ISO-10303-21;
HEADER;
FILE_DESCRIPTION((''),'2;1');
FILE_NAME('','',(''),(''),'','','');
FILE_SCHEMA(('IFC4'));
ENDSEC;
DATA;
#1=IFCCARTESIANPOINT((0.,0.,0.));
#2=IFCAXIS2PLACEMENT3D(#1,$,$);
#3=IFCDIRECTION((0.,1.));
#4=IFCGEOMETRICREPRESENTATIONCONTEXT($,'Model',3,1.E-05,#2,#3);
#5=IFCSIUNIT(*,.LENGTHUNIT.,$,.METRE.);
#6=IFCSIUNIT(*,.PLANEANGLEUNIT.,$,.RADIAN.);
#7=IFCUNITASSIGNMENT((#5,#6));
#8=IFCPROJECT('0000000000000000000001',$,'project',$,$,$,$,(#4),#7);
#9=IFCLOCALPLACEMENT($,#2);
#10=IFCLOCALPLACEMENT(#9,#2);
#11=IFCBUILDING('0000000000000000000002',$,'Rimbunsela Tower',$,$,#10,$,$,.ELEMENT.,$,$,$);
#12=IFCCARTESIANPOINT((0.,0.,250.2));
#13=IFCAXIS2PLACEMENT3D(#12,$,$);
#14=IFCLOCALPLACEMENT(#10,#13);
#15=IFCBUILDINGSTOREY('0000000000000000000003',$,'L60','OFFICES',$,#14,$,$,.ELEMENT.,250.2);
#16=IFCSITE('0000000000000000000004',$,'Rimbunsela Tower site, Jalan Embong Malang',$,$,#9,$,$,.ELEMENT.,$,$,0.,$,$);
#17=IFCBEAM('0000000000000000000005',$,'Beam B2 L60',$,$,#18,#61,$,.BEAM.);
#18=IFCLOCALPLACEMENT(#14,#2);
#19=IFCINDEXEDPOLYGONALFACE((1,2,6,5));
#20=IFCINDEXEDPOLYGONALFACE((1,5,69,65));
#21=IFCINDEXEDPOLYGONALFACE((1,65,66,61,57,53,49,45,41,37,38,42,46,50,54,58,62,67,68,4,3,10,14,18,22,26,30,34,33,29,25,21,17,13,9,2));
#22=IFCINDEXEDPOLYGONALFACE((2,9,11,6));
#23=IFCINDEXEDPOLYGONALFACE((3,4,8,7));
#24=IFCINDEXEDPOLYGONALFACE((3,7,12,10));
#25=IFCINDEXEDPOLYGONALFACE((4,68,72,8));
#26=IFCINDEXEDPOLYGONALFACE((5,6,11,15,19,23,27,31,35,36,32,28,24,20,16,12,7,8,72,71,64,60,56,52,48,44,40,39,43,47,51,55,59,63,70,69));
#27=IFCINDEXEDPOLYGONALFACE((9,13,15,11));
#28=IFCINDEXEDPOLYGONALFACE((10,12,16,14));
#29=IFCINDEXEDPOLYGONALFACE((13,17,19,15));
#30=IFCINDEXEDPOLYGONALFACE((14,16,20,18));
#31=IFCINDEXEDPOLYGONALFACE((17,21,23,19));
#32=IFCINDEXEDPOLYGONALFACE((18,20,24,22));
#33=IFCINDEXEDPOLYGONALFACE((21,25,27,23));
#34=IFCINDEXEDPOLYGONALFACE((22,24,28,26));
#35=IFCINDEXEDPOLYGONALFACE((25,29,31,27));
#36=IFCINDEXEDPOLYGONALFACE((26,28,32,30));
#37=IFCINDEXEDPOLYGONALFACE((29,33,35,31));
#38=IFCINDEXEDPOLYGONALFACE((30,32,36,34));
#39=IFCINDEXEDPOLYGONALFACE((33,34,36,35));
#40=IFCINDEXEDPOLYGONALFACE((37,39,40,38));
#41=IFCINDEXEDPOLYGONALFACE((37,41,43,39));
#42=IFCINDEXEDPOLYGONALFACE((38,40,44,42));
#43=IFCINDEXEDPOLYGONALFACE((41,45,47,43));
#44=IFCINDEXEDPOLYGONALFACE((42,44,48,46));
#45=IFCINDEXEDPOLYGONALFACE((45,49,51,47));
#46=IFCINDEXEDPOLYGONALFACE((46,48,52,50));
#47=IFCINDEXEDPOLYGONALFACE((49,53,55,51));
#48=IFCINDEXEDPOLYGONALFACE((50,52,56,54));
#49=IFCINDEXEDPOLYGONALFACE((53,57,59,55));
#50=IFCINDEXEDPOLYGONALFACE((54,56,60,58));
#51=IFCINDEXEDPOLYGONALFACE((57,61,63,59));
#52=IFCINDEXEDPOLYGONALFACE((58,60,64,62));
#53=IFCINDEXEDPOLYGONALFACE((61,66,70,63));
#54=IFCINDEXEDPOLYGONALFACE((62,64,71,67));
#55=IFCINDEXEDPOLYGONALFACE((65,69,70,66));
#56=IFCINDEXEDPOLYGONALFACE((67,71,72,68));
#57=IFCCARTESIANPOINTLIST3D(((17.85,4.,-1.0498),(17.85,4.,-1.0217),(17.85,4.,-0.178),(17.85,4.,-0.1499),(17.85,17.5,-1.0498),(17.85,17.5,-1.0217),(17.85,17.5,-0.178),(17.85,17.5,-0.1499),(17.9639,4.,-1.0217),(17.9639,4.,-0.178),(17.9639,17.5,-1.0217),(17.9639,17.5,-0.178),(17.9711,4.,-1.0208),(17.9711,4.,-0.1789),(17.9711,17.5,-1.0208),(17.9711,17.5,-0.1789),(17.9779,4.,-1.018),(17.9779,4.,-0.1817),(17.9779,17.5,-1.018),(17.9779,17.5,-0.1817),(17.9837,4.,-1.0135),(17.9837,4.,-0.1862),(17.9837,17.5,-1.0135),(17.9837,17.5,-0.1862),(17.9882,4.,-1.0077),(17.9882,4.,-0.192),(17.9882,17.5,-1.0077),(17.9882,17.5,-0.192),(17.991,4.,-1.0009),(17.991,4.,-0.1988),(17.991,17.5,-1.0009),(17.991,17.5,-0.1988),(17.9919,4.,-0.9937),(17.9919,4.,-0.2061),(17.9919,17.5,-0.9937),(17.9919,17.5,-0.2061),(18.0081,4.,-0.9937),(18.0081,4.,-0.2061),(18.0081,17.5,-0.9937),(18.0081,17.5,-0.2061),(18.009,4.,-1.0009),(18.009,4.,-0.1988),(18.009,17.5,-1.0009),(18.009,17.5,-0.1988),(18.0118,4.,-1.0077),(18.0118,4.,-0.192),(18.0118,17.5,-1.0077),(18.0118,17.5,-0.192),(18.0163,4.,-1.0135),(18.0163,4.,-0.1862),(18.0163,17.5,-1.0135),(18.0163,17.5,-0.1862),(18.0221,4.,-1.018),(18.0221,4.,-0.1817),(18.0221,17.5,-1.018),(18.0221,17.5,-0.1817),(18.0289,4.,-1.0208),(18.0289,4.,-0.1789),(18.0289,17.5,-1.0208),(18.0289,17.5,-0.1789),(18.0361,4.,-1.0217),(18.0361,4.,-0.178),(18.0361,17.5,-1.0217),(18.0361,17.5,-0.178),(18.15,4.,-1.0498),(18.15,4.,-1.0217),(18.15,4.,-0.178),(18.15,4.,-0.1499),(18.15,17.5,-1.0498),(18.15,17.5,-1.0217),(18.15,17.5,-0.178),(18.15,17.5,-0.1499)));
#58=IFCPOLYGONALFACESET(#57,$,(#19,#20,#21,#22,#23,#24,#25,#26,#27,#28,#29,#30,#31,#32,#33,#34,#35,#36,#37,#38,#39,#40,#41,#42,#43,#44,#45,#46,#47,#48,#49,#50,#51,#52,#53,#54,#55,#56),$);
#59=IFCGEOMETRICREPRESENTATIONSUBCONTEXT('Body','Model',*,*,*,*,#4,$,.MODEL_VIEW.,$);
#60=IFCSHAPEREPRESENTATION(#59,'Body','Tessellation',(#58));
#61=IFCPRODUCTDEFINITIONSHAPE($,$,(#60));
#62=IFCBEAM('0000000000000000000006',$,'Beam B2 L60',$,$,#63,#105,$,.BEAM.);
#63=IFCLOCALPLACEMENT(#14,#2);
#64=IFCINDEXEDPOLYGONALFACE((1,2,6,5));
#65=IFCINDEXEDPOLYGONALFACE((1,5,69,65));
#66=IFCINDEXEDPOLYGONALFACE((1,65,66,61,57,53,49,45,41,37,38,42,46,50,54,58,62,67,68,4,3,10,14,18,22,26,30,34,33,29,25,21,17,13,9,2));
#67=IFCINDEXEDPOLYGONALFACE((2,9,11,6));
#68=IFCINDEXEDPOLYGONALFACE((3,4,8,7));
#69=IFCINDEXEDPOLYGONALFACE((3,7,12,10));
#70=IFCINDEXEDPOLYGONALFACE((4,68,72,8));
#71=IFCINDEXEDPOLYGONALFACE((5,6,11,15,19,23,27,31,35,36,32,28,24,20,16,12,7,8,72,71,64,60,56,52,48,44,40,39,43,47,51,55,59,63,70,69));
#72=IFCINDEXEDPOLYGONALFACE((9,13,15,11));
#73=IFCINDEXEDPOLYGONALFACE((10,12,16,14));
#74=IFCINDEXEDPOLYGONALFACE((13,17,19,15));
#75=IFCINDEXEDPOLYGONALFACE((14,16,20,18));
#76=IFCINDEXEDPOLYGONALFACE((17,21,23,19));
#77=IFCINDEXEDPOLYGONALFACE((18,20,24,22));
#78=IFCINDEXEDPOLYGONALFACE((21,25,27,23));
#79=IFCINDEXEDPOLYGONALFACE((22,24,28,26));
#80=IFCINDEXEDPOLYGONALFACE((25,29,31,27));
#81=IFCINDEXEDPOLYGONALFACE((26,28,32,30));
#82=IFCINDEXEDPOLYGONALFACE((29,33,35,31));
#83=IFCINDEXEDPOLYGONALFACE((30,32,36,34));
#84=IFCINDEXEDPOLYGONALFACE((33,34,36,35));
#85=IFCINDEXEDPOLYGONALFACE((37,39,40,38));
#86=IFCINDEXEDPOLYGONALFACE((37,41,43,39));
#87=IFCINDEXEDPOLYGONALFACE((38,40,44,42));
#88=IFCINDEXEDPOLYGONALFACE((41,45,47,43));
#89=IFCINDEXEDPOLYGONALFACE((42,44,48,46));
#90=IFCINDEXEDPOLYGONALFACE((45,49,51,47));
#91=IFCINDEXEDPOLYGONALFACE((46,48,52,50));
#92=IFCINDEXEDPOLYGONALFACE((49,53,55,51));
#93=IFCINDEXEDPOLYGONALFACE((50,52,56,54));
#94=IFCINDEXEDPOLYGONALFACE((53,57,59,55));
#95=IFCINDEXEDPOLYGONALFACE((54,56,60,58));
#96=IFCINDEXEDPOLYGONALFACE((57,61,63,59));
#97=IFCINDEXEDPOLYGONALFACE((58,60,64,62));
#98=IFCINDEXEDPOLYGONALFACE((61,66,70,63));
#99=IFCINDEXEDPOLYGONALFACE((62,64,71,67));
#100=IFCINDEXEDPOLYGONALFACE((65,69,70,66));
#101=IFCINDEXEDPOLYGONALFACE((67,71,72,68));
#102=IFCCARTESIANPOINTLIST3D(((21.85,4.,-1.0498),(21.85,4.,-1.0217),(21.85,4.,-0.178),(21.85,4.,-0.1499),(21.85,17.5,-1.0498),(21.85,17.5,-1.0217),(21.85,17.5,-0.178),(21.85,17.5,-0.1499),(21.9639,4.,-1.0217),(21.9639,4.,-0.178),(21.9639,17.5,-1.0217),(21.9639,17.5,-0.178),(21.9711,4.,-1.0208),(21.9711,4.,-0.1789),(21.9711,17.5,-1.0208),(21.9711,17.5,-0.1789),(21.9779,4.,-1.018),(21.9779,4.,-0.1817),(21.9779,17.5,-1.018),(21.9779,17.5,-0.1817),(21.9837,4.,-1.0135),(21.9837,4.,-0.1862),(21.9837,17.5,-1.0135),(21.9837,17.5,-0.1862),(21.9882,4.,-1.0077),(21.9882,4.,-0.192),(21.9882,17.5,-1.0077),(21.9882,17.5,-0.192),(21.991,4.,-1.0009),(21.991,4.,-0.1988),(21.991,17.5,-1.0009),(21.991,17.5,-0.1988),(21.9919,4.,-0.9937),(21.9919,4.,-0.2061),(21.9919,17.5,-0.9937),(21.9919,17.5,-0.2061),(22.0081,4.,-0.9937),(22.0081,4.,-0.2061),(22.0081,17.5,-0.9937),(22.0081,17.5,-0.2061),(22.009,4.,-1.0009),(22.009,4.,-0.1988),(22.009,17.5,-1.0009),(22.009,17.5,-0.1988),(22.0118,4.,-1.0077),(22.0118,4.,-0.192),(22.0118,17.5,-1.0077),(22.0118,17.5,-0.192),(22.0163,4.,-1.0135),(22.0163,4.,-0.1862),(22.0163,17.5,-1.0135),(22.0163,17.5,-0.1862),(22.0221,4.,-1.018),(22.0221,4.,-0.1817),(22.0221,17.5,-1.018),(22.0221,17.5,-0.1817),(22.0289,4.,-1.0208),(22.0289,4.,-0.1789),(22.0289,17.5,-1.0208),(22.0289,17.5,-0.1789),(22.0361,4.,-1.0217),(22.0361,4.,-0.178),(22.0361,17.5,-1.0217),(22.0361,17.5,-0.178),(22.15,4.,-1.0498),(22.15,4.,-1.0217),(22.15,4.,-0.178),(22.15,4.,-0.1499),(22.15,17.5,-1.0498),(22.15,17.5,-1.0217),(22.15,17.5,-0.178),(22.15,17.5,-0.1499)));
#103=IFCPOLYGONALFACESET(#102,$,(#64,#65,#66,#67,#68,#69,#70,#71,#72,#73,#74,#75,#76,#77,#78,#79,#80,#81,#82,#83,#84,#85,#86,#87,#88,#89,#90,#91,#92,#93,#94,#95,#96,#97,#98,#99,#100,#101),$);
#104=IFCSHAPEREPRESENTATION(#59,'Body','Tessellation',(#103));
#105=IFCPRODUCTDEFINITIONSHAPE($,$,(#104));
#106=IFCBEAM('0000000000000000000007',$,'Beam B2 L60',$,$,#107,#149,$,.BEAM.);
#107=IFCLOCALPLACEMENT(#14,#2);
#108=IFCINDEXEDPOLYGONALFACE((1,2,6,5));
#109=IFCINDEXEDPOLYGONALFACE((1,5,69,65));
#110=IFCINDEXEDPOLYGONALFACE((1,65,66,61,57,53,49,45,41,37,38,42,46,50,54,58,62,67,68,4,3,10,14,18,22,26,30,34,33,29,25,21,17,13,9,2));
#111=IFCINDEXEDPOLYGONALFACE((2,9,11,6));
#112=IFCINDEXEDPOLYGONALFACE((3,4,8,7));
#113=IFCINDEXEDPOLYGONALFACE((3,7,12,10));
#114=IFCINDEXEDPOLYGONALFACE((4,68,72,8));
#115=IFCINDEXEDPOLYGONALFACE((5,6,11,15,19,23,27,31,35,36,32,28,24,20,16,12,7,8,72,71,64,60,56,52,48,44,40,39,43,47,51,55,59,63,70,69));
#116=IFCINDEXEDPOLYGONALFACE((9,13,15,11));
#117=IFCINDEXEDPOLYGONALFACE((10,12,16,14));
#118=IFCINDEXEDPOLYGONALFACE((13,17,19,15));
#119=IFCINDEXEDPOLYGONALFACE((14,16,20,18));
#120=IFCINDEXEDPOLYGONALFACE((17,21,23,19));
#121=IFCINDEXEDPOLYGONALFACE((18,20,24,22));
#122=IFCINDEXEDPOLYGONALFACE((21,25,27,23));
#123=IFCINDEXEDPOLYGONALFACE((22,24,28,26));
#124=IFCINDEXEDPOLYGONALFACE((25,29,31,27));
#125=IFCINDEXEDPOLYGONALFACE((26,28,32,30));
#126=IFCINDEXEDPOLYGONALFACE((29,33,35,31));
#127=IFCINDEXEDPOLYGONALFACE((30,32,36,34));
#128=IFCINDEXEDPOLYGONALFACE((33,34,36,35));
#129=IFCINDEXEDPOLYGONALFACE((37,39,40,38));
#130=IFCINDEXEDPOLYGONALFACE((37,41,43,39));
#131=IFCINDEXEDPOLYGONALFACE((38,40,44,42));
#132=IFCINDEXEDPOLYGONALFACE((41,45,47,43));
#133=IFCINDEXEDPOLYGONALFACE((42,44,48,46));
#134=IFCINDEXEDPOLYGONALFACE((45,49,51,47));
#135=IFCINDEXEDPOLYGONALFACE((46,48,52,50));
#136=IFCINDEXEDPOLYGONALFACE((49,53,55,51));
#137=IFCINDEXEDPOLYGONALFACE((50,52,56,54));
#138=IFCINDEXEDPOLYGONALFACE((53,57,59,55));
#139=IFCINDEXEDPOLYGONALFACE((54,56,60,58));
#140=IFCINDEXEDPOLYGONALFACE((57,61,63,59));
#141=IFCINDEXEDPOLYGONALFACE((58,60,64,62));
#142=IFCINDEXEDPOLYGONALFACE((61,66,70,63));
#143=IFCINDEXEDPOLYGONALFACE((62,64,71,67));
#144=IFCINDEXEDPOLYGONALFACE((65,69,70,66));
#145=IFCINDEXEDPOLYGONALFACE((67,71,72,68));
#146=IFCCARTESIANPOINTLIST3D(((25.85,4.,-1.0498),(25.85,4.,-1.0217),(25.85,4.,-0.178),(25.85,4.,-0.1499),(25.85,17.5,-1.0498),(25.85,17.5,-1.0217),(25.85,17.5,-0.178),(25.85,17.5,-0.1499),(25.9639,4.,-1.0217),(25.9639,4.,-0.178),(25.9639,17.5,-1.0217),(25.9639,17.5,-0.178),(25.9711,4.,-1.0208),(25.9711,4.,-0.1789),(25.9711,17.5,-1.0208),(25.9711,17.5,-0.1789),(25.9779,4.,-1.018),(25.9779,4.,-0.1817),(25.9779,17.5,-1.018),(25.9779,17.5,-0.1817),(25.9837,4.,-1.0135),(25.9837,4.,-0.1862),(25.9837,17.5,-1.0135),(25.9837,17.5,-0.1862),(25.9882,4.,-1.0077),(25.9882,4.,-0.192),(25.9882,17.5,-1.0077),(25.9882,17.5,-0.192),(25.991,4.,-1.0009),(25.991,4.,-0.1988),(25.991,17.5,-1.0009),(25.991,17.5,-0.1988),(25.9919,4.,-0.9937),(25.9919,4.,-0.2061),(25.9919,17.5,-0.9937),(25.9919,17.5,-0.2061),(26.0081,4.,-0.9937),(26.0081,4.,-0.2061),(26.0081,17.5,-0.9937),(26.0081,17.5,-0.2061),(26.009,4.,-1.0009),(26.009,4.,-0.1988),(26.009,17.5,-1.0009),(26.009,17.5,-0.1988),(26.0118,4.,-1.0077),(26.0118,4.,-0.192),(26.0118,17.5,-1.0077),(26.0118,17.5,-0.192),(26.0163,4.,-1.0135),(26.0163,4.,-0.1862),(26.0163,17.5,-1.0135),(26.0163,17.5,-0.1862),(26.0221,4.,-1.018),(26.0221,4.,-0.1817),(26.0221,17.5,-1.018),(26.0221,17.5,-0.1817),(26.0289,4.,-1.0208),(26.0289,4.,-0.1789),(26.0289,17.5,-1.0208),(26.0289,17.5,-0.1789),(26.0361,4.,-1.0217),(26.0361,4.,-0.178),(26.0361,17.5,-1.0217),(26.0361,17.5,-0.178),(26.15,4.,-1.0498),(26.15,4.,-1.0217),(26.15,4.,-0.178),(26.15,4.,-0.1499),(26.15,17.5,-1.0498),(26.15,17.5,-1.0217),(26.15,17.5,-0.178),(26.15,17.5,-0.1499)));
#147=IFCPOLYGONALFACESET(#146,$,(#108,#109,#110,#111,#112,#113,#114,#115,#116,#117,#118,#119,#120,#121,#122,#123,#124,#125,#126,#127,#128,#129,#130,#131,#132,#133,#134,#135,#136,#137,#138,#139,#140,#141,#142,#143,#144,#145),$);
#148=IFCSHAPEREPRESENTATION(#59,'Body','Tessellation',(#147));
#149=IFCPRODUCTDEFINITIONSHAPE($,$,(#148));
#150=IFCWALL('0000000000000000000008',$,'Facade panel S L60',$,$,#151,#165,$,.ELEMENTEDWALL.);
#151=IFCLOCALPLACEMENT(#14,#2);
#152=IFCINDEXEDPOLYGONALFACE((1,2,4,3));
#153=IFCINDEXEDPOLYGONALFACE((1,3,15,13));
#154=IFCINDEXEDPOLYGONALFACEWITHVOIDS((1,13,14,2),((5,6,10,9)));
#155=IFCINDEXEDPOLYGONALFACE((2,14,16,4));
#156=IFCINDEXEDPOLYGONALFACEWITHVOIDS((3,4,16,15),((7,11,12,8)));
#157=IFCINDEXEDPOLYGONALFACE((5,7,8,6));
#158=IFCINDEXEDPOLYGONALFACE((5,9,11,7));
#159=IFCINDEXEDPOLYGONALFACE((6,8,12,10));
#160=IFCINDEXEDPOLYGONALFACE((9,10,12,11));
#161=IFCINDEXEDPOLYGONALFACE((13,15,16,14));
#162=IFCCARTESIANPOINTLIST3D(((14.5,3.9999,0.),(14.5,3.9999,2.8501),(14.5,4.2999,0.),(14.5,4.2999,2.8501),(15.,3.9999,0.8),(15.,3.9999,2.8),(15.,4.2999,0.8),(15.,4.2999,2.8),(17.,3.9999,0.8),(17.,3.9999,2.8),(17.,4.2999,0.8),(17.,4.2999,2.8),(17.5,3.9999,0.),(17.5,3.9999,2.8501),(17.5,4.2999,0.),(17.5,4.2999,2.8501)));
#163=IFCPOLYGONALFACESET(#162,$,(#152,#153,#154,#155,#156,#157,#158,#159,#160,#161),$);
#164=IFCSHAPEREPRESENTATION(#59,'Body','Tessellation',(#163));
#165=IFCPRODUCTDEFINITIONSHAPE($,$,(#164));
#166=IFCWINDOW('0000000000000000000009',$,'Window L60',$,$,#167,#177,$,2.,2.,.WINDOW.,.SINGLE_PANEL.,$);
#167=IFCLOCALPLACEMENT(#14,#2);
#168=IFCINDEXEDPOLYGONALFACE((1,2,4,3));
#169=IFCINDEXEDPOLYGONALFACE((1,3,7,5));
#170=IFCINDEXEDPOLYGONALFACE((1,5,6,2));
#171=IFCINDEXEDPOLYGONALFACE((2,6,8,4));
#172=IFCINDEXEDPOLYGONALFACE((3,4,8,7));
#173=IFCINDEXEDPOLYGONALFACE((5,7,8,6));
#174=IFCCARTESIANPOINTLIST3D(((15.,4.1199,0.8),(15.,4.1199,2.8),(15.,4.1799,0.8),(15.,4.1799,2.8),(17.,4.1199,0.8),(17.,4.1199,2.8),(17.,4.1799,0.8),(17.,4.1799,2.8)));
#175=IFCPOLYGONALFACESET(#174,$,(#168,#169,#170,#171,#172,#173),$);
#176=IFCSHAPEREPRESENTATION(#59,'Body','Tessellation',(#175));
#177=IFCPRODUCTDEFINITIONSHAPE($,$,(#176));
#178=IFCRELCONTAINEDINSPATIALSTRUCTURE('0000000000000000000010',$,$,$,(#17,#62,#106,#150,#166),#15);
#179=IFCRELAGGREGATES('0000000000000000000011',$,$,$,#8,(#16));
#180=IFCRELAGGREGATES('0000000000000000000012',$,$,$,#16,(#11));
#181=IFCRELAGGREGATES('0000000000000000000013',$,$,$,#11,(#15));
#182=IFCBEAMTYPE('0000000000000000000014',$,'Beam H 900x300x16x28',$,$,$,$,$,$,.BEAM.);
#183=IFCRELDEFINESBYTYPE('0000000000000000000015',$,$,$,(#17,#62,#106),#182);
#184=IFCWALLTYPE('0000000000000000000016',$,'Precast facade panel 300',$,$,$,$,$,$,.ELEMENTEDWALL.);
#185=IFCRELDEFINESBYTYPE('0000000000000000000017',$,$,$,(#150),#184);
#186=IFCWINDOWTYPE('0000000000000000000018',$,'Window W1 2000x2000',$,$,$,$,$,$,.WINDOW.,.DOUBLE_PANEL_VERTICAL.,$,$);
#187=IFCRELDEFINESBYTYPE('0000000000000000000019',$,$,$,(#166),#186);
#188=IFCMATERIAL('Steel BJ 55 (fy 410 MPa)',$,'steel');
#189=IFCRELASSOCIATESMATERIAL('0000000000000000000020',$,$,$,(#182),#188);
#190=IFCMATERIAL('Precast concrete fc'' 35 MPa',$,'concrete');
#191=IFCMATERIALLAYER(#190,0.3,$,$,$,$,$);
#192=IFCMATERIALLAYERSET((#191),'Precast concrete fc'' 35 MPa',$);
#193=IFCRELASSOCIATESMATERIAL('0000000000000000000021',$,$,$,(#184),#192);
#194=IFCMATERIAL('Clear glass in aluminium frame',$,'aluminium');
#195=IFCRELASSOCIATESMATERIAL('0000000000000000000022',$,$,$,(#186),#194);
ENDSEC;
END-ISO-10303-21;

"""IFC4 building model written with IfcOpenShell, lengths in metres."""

from ifc_helpers import new_model, si_unit, direction, frame, frame_2d, origin, origin_2d, place, context, subcontext, project, spatial, rectangle, i_section, extrude, material, layer, layer_set, material_profile, profile_set, type_object, element, fill, save


model = new_model("IFC4")

# Units and contexts
model_context = context("Model", 3, precision=1e-05, world=origin(), true_north=direction((0.0, 1.0)))
body_context = subcontext(model_context, "Body", "Model", "MODEL_VIEW")
ifc_project = project(units=[si_unit("LENGTHUNIT", "METRE"), si_unit("PLANEANGLEUNIT", "RADIAN")], contexts=[model_context])

# Site, building, storey
site_placement = place(None, origin())
site = spatial("IfcSite", under=ifc_project, at=site_placement, Name="Rimbunsela Tower site, Jalan Embong Malang", CompositionType="ELEMENT", RefElevation=0.0)
building_placement = place(site_placement, origin())
building = spatial("IfcBuilding", under=site, at=building_placement, Name="Rimbunsela Tower", CompositionType="ELEMENT")
storey_placement = place(building_placement, frame((0.0, 0.0, 250.2)))
storey = spatial("IfcBuildingStorey", under=building, at=storey_placement, Name="L60", Description="OFFICES", CompositionType="ELEMENT", Elevation=250.2)

# Beams
ifc_material_1 = material(Name="Steel BJ 55 (fy 410 MPa)", Category="steel")
ifc_material_profile_1 = material_profile(ifc_material_1, i_section(OverallWidth=0.3, OverallDepth=0.8999, WebThickness=0.0161, FlangeThickness=0.0281, FilletRadius=0.0281, at=origin_2d()), Name="H 900x300x16x28")
ifc_profile_set_1 = profile_set([ifc_material_profile_1], Name="Steel BJ 55 (fy 410 MPa)")
beam_type_1 = type_object("IfcBeamType", Name="Beam H 900x300x16x28", PredefinedType="BEAM", material=ifc_profile_set_1)
for number, where, z_axis, x_axis, name in (
    (1, (18.0, 4.0, -0.5999), (0.0, 1.0, 0.0), (-1.0, 0.0, 0.0), "Beam B2 L60"),
    (2, (22.0, 4.0, -0.5999), (0.0, 1.0, 0.0), (-1.0, 0.0, 0.0), "Beam B2 L60"),
    (3, (26.0, 4.0, -0.5999), (0.0, 1.0, 0.0), (-1.0, 0.0, 0.0), "Beam B2 L60"),
):
    element("IfcBeam", number, at=place(storey_placement, frame(where, z_axis=z_axis, x_axis=x_axis)), inside=storey, type_object=beam_type_1, Name=name, PredefinedType="BEAM", context=body_context, shape_type="SweptSolid", body=[
        extrude(i_section(OverallWidth=0.3, OverallDepth=0.8999, WebThickness=0.0161, FlangeThickness=0.0281, FilletRadius=0.0281, at=origin_2d()), origin(), (0.0, 0.0, 1.0), 13.5),
    ])

# Wall, opening, window
ifc_material_2 = material(Name="Precast concrete fc' 35 MPa", Category="concrete")
ifc_layer_1 = layer(ifc_material_2, 0.3)
ifc_layer_set_1 = layer_set([ifc_layer_1], Name="Precast concrete fc' 35 MPa")
wall_type_1 = type_object("IfcWallType", Name="Precast facade panel 300", PredefinedType="ELEMENTEDWALL", material=ifc_layer_set_1)
wall_1_placement = place(storey_placement, frame((14.5, 4.1499, 0.0), z_axis=(0.0, 0.0, 1.0), x_axis=(1.0, 0.0, 0.0)))
wall_1 = element("IfcWall", 4, at=wall_1_placement, inside=storey, type_object=wall_type_1, Name="Facade panel S L60", PredefinedType="ELEMENTEDWALL", context=body_context, shape_type="SweptSolid", body=[
    extrude(rectangle(XDim=3.0, YDim=0.3, at=frame_2d((1.5, 0.0))), origin(), (0.0, 0.0, 1.0), 2.8501),
])
opening_1_placement = place(wall_1_placement, frame((0.5, 0.0, 0.8)))
opening_1 = element("IfcOpeningElement", 5, at=opening_1_placement, cuts=wall_1, PredefinedType="OPENING", context=body_context, shape_type="SweptSolid", body=[
    extrude(rectangle(XDim=2.0, YDim=2.0, at=frame_2d((1.0, 1.0))), frame((0.0, 0.1599, 0.0), z_axis=(0.0, -1.0, 0.0), x_axis=(1.0, 0.0, 0.0)), (0.0, 0.0, 1.0), 0.3201),
])
ifc_material_3 = material(Name="Clear glass in aluminium frame", Category="aluminium")
window_type = type_object("IfcWindowType", Name="Window W1 2000x2000", PartitioningType="DOUBLE_PANEL_VERTICAL", PredefinedType="WINDOW", material=ifc_material_3)
window_1_placement = place(opening_1_placement, origin())
window_1 = element("IfcWindow", 6, at=window_1_placement, inside=storey, type_object=window_type, Name="Window L60", OverallHeight=2.0, OverallWidth=2.0, PartitioningType="SINGLE_PANEL", PredefinedType="WINDOW", context=body_context, shape_type="SweptSolid", body=[
    extrude(rectangle(XDim=2.0, YDim=2.0, at=frame_2d((1.0, 1.0))), frame((0.0, 0.03, 0.0), z_axis=(0.0, -1.0, 0.0), x_axis=(1.0, 0.0, 0.0)), (0.0, 0.0, 1.0), 0.0601),
])
fill(opening_1, window_1)

save(model, "model.ifc")
